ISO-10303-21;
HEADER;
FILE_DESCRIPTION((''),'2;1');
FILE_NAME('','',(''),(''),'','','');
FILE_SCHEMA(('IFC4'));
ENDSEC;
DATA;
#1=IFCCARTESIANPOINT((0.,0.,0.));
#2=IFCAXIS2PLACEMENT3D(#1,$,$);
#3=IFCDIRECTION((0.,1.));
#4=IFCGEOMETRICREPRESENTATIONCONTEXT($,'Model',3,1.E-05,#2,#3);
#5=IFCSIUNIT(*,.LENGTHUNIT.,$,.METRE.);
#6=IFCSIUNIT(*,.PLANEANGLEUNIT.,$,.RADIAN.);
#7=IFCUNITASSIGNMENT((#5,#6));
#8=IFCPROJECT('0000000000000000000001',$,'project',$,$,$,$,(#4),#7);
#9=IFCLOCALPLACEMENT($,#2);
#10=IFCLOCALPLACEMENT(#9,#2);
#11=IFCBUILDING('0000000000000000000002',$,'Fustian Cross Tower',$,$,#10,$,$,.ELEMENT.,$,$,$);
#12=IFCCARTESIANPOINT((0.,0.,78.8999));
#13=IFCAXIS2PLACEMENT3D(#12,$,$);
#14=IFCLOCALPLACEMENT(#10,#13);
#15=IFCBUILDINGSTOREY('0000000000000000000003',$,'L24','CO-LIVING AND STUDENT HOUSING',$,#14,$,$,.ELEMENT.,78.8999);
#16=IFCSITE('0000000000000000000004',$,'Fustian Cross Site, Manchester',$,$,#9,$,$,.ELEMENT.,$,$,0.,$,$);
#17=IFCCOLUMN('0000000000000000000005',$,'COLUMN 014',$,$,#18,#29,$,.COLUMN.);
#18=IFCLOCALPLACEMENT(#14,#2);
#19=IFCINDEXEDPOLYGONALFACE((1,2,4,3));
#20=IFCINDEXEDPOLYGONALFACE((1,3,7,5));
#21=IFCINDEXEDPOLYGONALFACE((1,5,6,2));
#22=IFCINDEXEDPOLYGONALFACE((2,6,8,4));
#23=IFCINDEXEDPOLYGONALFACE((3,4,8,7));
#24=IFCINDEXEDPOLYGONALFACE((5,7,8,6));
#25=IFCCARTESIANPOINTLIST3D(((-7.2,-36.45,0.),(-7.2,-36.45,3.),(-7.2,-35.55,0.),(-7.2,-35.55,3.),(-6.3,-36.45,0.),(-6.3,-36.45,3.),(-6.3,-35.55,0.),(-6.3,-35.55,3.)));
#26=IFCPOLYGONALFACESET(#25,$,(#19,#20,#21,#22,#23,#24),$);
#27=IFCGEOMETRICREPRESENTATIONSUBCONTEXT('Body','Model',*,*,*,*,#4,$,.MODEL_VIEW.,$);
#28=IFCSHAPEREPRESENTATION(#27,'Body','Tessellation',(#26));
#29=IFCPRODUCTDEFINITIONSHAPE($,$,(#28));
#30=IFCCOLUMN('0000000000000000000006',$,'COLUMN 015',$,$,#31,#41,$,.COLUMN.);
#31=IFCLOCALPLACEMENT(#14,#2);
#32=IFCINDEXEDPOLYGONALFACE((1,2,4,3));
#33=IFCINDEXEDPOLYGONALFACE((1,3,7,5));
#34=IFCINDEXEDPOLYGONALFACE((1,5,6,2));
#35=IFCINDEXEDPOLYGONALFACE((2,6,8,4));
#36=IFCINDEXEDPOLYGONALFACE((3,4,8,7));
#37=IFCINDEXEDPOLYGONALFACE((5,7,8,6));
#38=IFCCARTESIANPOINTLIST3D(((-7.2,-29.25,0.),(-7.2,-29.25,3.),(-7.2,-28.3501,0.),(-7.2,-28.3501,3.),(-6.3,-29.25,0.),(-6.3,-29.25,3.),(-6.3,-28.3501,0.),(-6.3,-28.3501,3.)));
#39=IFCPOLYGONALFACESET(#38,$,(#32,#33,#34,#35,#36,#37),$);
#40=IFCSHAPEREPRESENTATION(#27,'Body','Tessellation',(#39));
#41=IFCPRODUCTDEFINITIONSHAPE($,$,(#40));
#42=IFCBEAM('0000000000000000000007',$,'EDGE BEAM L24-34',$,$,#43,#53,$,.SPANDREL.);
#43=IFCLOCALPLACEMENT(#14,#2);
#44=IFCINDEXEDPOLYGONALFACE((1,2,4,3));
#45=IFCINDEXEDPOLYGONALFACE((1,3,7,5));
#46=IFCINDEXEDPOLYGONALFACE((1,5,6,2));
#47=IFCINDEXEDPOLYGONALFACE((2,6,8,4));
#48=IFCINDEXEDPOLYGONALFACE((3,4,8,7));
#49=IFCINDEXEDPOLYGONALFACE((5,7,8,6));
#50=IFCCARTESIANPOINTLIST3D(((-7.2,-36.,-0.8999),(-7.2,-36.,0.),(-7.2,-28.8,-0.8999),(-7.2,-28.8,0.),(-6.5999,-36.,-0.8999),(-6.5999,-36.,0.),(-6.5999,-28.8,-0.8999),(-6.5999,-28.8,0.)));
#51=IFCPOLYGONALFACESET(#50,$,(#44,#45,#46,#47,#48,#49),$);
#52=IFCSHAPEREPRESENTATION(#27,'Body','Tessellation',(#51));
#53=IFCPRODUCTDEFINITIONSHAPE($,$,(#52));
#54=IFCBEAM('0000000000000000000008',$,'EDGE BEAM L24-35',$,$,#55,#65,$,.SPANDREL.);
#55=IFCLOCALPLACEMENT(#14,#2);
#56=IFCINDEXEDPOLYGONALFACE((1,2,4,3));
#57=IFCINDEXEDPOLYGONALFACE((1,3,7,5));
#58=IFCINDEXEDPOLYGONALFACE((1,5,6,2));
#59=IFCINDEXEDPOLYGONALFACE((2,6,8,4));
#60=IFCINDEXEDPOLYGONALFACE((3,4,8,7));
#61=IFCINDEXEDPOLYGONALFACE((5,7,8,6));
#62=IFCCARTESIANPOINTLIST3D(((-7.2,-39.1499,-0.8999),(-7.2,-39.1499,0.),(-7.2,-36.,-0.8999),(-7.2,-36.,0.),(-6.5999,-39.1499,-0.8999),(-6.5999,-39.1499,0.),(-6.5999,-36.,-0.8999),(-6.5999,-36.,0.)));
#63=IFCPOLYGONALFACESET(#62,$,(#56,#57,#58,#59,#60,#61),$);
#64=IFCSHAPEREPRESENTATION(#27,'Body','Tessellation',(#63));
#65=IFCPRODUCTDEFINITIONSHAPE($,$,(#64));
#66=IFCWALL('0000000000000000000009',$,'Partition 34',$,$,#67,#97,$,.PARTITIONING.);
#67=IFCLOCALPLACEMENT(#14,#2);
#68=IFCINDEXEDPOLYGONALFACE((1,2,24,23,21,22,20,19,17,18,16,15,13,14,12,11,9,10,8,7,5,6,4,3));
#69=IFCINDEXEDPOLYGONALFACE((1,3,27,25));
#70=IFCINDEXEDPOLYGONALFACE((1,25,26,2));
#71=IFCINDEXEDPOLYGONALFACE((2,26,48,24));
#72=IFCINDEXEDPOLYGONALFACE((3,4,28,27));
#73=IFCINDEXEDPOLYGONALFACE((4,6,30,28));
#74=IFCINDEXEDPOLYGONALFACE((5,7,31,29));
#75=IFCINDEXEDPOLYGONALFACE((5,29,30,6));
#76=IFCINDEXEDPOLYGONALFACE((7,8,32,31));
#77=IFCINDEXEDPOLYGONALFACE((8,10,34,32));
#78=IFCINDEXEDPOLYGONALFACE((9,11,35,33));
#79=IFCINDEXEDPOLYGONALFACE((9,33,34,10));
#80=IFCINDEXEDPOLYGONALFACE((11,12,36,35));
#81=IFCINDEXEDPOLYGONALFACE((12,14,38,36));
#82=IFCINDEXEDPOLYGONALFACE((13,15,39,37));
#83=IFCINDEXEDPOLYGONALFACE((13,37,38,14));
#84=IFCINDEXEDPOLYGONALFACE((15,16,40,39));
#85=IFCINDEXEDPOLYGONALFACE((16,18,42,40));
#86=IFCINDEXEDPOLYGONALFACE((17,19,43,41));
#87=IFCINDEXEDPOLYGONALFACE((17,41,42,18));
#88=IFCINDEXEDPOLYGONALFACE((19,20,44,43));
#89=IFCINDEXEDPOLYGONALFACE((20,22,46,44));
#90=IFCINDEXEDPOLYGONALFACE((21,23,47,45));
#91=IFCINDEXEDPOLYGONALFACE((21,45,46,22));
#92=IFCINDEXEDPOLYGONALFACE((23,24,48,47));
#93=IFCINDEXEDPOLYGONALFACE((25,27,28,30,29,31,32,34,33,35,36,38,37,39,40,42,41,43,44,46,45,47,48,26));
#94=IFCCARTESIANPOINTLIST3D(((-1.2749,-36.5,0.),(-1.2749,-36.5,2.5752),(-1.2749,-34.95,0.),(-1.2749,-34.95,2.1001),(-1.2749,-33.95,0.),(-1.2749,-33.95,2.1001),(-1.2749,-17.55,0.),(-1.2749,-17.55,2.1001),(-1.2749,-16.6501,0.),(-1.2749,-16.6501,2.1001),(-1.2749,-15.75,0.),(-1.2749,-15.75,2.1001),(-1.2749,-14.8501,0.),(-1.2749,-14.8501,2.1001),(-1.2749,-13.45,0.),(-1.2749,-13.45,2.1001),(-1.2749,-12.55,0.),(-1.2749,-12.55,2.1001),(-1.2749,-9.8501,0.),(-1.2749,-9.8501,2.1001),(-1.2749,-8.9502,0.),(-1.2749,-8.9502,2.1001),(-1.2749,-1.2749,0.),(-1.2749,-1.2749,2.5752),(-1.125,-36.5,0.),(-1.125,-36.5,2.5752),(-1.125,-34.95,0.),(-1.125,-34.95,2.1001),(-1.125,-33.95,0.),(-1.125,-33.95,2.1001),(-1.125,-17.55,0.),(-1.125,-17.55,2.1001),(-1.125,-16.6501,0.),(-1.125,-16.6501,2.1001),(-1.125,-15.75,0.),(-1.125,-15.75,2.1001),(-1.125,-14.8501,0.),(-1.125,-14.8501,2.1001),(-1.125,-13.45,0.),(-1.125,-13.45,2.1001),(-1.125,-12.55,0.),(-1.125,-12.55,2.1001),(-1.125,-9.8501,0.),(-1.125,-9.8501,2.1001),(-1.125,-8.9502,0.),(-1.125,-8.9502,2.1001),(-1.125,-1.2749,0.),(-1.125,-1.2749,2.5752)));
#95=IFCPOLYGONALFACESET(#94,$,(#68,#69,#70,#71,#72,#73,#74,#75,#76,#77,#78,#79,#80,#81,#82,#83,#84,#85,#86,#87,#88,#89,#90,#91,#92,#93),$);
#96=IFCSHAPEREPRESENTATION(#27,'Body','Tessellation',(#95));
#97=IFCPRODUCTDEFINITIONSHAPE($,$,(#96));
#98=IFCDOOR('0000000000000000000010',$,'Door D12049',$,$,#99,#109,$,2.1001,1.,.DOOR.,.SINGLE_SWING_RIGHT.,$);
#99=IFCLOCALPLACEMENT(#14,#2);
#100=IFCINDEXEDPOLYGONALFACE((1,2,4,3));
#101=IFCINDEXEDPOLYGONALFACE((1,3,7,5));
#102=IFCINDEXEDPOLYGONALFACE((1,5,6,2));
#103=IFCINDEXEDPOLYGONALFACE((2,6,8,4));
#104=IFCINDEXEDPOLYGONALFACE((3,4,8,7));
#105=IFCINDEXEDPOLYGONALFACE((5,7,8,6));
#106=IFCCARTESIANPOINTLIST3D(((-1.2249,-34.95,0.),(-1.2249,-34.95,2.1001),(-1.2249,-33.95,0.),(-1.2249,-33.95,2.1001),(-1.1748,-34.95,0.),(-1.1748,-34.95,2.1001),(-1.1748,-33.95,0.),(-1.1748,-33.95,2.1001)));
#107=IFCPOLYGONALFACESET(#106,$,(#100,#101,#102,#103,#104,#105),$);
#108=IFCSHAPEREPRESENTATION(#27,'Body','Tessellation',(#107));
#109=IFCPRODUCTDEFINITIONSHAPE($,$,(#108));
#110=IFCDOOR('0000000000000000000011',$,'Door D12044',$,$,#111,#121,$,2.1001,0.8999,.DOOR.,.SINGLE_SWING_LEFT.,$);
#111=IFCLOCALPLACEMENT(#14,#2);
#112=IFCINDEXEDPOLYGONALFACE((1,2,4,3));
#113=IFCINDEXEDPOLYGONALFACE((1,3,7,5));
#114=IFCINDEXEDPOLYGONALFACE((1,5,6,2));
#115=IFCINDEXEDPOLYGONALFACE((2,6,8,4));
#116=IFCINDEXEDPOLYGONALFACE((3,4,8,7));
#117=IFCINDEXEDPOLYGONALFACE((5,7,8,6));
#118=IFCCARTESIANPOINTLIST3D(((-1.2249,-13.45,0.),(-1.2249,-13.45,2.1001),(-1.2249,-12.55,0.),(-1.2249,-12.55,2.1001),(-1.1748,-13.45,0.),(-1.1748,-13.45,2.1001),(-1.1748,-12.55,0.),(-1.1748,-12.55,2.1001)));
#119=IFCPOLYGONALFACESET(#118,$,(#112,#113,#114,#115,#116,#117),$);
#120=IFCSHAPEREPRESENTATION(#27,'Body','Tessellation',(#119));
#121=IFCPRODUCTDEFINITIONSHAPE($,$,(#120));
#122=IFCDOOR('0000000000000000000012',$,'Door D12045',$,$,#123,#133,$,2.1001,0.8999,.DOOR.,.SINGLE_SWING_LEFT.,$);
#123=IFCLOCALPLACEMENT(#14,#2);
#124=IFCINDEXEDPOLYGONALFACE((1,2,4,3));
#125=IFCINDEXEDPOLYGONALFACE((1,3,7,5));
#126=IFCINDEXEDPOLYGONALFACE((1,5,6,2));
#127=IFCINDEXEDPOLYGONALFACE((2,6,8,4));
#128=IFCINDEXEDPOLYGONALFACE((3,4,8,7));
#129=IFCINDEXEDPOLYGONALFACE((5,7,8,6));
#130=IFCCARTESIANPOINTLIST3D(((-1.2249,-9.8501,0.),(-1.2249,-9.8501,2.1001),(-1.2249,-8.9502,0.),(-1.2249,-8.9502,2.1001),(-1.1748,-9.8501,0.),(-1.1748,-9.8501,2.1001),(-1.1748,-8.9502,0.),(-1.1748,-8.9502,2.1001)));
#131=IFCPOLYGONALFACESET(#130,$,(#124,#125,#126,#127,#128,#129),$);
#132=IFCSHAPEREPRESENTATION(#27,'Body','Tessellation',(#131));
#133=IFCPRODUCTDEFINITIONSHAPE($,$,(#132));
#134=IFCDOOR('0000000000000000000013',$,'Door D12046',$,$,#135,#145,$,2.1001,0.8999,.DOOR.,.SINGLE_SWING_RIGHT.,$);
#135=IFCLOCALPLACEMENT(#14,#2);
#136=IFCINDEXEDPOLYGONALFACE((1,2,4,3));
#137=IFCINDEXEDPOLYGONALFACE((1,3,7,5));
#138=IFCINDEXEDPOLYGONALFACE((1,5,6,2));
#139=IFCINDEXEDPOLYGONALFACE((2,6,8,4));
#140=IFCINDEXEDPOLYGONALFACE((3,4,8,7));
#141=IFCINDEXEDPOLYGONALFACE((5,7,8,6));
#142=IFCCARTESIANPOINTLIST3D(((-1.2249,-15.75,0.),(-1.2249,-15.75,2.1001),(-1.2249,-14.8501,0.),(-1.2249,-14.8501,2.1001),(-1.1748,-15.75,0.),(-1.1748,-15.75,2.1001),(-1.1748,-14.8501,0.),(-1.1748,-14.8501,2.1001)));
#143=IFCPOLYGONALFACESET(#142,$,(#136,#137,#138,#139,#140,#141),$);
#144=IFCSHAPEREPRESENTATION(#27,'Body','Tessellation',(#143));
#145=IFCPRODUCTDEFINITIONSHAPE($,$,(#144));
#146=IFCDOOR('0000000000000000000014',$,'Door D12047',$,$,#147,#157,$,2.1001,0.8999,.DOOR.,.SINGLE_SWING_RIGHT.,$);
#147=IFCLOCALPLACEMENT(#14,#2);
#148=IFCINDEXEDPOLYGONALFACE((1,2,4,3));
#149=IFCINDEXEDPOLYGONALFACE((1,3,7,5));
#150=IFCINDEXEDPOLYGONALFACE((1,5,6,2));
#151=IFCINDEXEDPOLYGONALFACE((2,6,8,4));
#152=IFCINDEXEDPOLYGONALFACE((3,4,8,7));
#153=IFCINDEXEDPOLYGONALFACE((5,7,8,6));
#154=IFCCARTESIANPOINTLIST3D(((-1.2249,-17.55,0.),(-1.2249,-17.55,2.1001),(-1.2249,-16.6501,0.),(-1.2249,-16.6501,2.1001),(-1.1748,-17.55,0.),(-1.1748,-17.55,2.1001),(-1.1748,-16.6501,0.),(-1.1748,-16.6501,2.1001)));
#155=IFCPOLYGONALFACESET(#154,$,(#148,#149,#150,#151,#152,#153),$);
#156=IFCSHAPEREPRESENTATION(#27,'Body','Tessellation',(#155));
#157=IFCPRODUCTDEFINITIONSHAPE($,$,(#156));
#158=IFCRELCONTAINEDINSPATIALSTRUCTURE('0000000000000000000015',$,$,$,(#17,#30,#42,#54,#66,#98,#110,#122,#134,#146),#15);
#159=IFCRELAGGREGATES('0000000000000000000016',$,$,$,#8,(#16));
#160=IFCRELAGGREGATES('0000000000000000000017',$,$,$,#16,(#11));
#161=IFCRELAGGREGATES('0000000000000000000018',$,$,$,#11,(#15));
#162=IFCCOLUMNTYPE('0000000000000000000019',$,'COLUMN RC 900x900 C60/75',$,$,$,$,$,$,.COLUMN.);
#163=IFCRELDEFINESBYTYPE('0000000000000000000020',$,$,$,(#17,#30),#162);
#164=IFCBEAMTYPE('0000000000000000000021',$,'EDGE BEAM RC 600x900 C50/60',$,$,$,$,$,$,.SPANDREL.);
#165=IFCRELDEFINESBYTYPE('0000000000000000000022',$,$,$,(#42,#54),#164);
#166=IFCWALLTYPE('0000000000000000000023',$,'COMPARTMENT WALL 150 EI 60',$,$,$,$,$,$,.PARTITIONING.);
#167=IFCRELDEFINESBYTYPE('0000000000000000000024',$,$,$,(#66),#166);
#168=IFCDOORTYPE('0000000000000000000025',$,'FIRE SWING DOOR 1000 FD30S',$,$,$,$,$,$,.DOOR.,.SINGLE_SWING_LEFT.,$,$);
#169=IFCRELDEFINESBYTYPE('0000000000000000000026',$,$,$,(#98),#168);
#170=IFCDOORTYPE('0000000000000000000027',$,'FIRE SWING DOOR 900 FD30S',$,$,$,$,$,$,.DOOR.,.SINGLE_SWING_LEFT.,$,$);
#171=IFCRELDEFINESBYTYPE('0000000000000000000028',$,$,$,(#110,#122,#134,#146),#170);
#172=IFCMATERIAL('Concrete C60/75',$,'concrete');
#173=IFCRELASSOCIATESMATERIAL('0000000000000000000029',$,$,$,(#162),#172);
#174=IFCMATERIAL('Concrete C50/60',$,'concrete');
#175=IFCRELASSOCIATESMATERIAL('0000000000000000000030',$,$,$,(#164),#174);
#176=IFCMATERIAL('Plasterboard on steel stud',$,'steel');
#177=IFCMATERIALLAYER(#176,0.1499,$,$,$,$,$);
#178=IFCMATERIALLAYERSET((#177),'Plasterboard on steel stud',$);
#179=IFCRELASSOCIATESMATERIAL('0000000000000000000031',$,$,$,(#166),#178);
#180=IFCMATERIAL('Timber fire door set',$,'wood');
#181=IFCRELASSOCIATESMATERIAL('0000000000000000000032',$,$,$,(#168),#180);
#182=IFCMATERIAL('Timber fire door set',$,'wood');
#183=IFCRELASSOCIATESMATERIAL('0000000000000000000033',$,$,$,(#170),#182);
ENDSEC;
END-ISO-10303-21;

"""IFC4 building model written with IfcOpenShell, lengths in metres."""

from ifc_helpers import new_model, si_unit, direction, frame, frame_2d, origin, origin_2d, place, context, subcontext, project, spatial, rectangle, extrude, material, layer, layer_set, material_profile, profile_set, type_object, element, fill, save


model = new_model("IFC4")

# Units and contexts
model_context = context("Model", 3, precision=1e-05, world=origin(), true_north=direction((0.0, 1.0)))
body_context = subcontext(model_context, "Body", "Model", "MODEL_VIEW")
ifc_project = project(units=[si_unit("LENGTHUNIT", "METRE"), si_unit("PLANEANGLEUNIT", "RADIAN")], contexts=[model_context])

# Site, building, storey
site_placement = place(None, origin())
site = spatial("IfcSite", under=ifc_project, at=site_placement, Name="Fustian Cross Site, Manchester", CompositionType="ELEMENT", RefElevation=0.0)
building_placement = place(site_placement, origin())
building = spatial("IfcBuilding", under=site, at=building_placement, Name="Fustian Cross Tower", CompositionType="ELEMENT")
storey_placement = place(building_placement, frame((0.0, 0.0, 78.8999)))
storey = spatial("IfcBuildingStorey", under=building, at=storey_placement, Name="L24", Description="CO-LIVING AND STUDENT HOUSING", CompositionType="ELEMENT", Elevation=78.8999)

# Columns
ifc_material_1 = material(Name="Concrete C60/75", Category="concrete")
ifc_material_profile_1 = material_profile(ifc_material_1, rectangle(XDim=0.8999, YDim=0.8999, at=origin_2d()), Name="RC 900x900")
ifc_profile_set_1 = profile_set([ifc_material_profile_1], Name="Concrete C60/75")
column_type = type_object("IfcColumnType", Name="COLUMN RC 900x900 C60/75", PredefinedType="COLUMN", material=ifc_profile_set_1)
for number, where, z_axis, x_axis, name in (
    (1, (-6.75, -36.0, 0.0), (0.0, 0.0, 1.0), (1.0, 0.0, 0.0), "COLUMN 014"),
    (2, (-6.75, -28.8, 0.0), (0.0, 0.0, 1.0), (1.0, 0.0, 0.0), "COLUMN 015"),
):
    element("IfcColumn", number, at=place(storey_placement, frame(where, z_axis=z_axis, x_axis=x_axis)), inside=storey, type_object=column_type, Name=name, PredefinedType="COLUMN", context=body_context, shape_type="SweptSolid", body=[
        extrude(rectangle(XDim=0.8999, YDim=0.8999, at=origin_2d()), origin(), (0.0, 0.0, 1.0), 3.0),
    ])

# Beams
ifc_material_2 = material(Name="Concrete C50/60", Category="concrete")
ifc_material_profile_2 = material_profile(ifc_material_2, rectangle(XDim=0.6001, YDim=0.8999, at=origin_2d()), Name="RC 600x900")
ifc_profile_set_2 = profile_set([ifc_material_profile_2], Name="Concrete C50/60")
beam_type = type_object("IfcBeamType", Name="EDGE BEAM RC 600x900 C50/60", PredefinedType="SPANDREL", material=ifc_profile_set_2)
beam_1_placement = place(storey_placement, frame((-6.8999, -28.8, -0.45), z_axis=(0.0, -1.0, 0.0), x_axis=(1.0, 0.0, 0.0)))
element("IfcBeam", 3, at=beam_1_placement, inside=storey, type_object=beam_type, Name="EDGE BEAM L24-34", PredefinedType="SPANDREL", context=body_context, shape_type="SweptSolid", body=[
    extrude(rectangle(XDim=0.6001, YDim=0.8999, at=origin_2d()), origin(), (0.0, 0.0, 1.0), 7.2),
])
beam_2_placement = place(storey_placement, frame((-6.8999, -36.0, -0.45), z_axis=(0.0, -1.0, 0.0), x_axis=(1.0, 0.0, 0.0)))
element("IfcBeam", 4, at=beam_2_placement, inside=storey, type_object=beam_type, Name="EDGE BEAM L24-35", PredefinedType="SPANDREL", context=body_context, shape_type="SweptSolid", body=[
    extrude(rectangle(XDim=0.6001, YDim=0.8999, at=origin_2d()), origin(), (0.0, 0.0, 1.0), 3.1499),
])

# Wall, openings, doors
ifc_material_3 = material(Name="Plasterboard on steel stud", Category="steel")
ifc_layer_1 = layer(ifc_material_3, 0.1499)
ifc_layer_set_1 = layer_set([ifc_layer_1], Name="Plasterboard on steel stud")
wall_type_1 = type_object("IfcWallType", Name="COMPARTMENT WALL 150 EI 60", PredefinedType="PARTITIONING", material=ifc_layer_set_1)
wall_1_placement = place(storey_placement, frame((-1.2, -36.5, 0.0), z_axis=(0.0, 0.0, 1.0), x_axis=(0.0, 1.0, 0.0)))
wall_1 = element("IfcWall", 5, at=wall_1_placement, inside=storey, type_object=wall_type_1, Name="Partition 34", PredefinedType="PARTITIONING", context=body_context, shape_type="SweptSolid", body=[
    extrude(rectangle(XDim=35.2251, YDim=0.1499, at=frame_2d((17.6125, 0.0))), origin(), (0.0, 0.0, 1.0), 2.5752),
])
opening_1_placement = place(wall_1_placement, frame((23.05, 0.0, 0.0)))
opening_1 = element("IfcOpeningElement", 6, at=opening_1_placement, cuts=wall_1, PredefinedType="OPENING", context=body_context, shape_type="SweptSolid", body=[
    extrude(rectangle(XDim=0.8999, YDim=2.1001, at=frame_2d((0.45, 1.05))), frame((0.0, 0.085, 0.0), z_axis=(0.0, -1.0, 0.0), x_axis=(1.0, 0.0, 0.0)), (0.0, 0.0, 1.0), 0.1699),
])
opening_2_placement = place(wall_1_placement, frame((26.6499, 0.0, 0.0)))
opening_2 = element("IfcOpeningElement", 7, at=opening_2_placement, cuts=wall_1, PredefinedType="OPENING", context=body_context, shape_type="SweptSolid", body=[
    extrude(rectangle(XDim=0.8999, YDim=2.1001, at=frame_2d((0.45, 1.05))), frame((0.0, 0.085, 0.0), z_axis=(0.0, -1.0, 0.0), x_axis=(1.0, 0.0, 0.0)), (0.0, 0.0, 1.0), 0.1699),
])
opening_3_placement = place(wall_1_placement, frame((20.75, 0.0, 0.0)))
opening_3 = element("IfcOpeningElement", 8, at=opening_3_placement, cuts=wall_1, PredefinedType="OPENING", context=body_context, shape_type="SweptSolid", body=[
    extrude(rectangle(XDim=0.8999, YDim=2.1001, at=frame_2d((0.45, 1.05))), frame((0.0, 0.085, 0.0), z_axis=(0.0, -1.0, 0.0), x_axis=(1.0, 0.0, 0.0)), (0.0, 0.0, 1.0), 0.1699),
])
opening_4_placement = place(wall_1_placement, frame((18.95, 0.0, 0.0)))
opening_4 = element("IfcOpeningElement", 9, at=opening_4_placement, cuts=wall_1, PredefinedType="OPENING", context=body_context, shape_type="SweptSolid", body=[
    extrude(rectangle(XDim=0.8999, YDim=2.1001, at=frame_2d((0.45, 1.05))), frame((0.0, 0.085, 0.0), z_axis=(0.0, -1.0, 0.0), x_axis=(1.0, 0.0, 0.0)), (0.0, 0.0, 1.0), 0.1699),
])
opening_5_placement = place(wall_1_placement, frame((1.55, 0.0, 0.0)))
opening_5 = element("IfcOpeningElement", 10, at=opening_5_placement, cuts=wall_1, PredefinedType="OPENING", context=body_context, shape_type="SweptSolid", body=[
    extrude(rectangle(XDim=1.0, YDim=2.1001, at=frame_2d((0.5, 1.05))), frame((0.0, 0.085, 0.0), z_axis=(0.0, -1.0, 0.0), x_axis=(1.0, 0.0, 0.0)), (0.0, 0.0, 1.0), 0.1699),
])
ifc_material_4 = material(Name="Timber fire door set", Category="wood")
door_type_1 = type_object("IfcDoorType", Name="FIRE SWING DOOR 1000 FD30S", OperationType="SINGLE_SWING_LEFT", PredefinedType="DOOR", material=ifc_material_4)
door_1_placement = place(opening_5_placement, origin())
door_1 = element("IfcDoor", 11, at=door_1_placement, inside=storey, type_object=door_type_1, Name="Door D12049", OperationType="SINGLE_SWING_RIGHT", OverallHeight=2.1001, OverallWidth=1.0, PredefinedType="DOOR", context=body_context, shape_type="SweptSolid", body=[
    extrude(rectangle(XDim=1.0, YDim=2.1001, at=frame_2d((0.5, 1.05))), frame((0.0, 0.0249, 0.0), z_axis=(0.0, -1.0, 0.0), x_axis=(1.0, 0.0, 0.0)), (0.0, 0.0, 1.0), 0.05),
])
fill(opening_5, door_1)
ifc_material_5 = material(Name="Timber fire door set", Category="wood")
door_type_2 = type_object("IfcDoorType", Name="FIRE SWING DOOR 900 FD30S", OperationType="SINGLE_SWING_LEFT", PredefinedType="DOOR", material=ifc_material_5)
door_2_placement = place(opening_1_placement, origin())
door_2 = element("IfcDoor", 12, at=door_2_placement, inside=storey, type_object=door_type_2, Name="Door D12044", OperationType="SINGLE_SWING_LEFT", OverallHeight=2.1001, OverallWidth=0.8999, PredefinedType="DOOR", context=body_context, shape_type="SweptSolid", body=[
    extrude(rectangle(XDim=0.8999, YDim=2.1001, at=frame_2d((0.45, 1.05))), frame((0.0, 0.0249, 0.0), z_axis=(0.0, -1.0, 0.0), x_axis=(1.0, 0.0, 0.0)), (0.0, 0.0, 1.0), 0.05),
])
fill(opening_1, door_2)
door_3_placement = place(opening_2_placement, origin())
door_3 = element("IfcDoor", 13, at=door_3_placement, inside=storey, type_object=door_type_2, Name="Door D12045", OperationType="SINGLE_SWING_LEFT", OverallHeight=2.1001, OverallWidth=0.8999, PredefinedType="DOOR", context=body_context, shape_type="SweptSolid", body=[
    extrude(rectangle(XDim=0.8999, YDim=2.1001, at=frame_2d((0.45, 1.05))), frame((0.0, 0.0249, 0.0), z_axis=(0.0, -1.0, 0.0), x_axis=(1.0, 0.0, 0.0)), (0.0, 0.0, 1.0), 0.05),
])
fill(opening_2, door_3)
door_4_placement = place(opening_3_placement, origin())
door_4 = element("IfcDoor", 14, at=door_4_placement, inside=storey, type_object=door_type_2, Name="Door D12046", OperationType="SINGLE_SWING_RIGHT", OverallHeight=2.1001, OverallWidth=0.8999, PredefinedType="DOOR", context=body_context, shape_type="SweptSolid", body=[
    extrude(rectangle(XDim=0.8999, YDim=2.1001, at=frame_2d((0.45, 1.05))), frame((0.0, 0.0249, 0.0), z_axis=(0.0, -1.0, 0.0), x_axis=(1.0, 0.0, 0.0)), (0.0, 0.0, 1.0), 0.05),
])
fill(opening_3, door_4)
door_5_placement = place(opening_4_placement, origin())
door_5 = element("IfcDoor", 15, at=door_5_placement, inside=storey, type_object=door_type_2, Name="Door D12047", OperationType="SINGLE_SWING_RIGHT", OverallHeight=2.1001, OverallWidth=0.8999, PredefinedType="DOOR", context=body_context, shape_type="SweptSolid", body=[
    extrude(rectangle(XDim=0.8999, YDim=2.1001, at=frame_2d((0.45, 1.05))), frame((0.0, 0.0249, 0.0), z_axis=(0.0, -1.0, 0.0), x_axis=(1.0, 0.0, 0.0)), (0.0, 0.0, 1.0), 0.05),
])
fill(opening_4, door_5)

save(model, "model.ifc")
